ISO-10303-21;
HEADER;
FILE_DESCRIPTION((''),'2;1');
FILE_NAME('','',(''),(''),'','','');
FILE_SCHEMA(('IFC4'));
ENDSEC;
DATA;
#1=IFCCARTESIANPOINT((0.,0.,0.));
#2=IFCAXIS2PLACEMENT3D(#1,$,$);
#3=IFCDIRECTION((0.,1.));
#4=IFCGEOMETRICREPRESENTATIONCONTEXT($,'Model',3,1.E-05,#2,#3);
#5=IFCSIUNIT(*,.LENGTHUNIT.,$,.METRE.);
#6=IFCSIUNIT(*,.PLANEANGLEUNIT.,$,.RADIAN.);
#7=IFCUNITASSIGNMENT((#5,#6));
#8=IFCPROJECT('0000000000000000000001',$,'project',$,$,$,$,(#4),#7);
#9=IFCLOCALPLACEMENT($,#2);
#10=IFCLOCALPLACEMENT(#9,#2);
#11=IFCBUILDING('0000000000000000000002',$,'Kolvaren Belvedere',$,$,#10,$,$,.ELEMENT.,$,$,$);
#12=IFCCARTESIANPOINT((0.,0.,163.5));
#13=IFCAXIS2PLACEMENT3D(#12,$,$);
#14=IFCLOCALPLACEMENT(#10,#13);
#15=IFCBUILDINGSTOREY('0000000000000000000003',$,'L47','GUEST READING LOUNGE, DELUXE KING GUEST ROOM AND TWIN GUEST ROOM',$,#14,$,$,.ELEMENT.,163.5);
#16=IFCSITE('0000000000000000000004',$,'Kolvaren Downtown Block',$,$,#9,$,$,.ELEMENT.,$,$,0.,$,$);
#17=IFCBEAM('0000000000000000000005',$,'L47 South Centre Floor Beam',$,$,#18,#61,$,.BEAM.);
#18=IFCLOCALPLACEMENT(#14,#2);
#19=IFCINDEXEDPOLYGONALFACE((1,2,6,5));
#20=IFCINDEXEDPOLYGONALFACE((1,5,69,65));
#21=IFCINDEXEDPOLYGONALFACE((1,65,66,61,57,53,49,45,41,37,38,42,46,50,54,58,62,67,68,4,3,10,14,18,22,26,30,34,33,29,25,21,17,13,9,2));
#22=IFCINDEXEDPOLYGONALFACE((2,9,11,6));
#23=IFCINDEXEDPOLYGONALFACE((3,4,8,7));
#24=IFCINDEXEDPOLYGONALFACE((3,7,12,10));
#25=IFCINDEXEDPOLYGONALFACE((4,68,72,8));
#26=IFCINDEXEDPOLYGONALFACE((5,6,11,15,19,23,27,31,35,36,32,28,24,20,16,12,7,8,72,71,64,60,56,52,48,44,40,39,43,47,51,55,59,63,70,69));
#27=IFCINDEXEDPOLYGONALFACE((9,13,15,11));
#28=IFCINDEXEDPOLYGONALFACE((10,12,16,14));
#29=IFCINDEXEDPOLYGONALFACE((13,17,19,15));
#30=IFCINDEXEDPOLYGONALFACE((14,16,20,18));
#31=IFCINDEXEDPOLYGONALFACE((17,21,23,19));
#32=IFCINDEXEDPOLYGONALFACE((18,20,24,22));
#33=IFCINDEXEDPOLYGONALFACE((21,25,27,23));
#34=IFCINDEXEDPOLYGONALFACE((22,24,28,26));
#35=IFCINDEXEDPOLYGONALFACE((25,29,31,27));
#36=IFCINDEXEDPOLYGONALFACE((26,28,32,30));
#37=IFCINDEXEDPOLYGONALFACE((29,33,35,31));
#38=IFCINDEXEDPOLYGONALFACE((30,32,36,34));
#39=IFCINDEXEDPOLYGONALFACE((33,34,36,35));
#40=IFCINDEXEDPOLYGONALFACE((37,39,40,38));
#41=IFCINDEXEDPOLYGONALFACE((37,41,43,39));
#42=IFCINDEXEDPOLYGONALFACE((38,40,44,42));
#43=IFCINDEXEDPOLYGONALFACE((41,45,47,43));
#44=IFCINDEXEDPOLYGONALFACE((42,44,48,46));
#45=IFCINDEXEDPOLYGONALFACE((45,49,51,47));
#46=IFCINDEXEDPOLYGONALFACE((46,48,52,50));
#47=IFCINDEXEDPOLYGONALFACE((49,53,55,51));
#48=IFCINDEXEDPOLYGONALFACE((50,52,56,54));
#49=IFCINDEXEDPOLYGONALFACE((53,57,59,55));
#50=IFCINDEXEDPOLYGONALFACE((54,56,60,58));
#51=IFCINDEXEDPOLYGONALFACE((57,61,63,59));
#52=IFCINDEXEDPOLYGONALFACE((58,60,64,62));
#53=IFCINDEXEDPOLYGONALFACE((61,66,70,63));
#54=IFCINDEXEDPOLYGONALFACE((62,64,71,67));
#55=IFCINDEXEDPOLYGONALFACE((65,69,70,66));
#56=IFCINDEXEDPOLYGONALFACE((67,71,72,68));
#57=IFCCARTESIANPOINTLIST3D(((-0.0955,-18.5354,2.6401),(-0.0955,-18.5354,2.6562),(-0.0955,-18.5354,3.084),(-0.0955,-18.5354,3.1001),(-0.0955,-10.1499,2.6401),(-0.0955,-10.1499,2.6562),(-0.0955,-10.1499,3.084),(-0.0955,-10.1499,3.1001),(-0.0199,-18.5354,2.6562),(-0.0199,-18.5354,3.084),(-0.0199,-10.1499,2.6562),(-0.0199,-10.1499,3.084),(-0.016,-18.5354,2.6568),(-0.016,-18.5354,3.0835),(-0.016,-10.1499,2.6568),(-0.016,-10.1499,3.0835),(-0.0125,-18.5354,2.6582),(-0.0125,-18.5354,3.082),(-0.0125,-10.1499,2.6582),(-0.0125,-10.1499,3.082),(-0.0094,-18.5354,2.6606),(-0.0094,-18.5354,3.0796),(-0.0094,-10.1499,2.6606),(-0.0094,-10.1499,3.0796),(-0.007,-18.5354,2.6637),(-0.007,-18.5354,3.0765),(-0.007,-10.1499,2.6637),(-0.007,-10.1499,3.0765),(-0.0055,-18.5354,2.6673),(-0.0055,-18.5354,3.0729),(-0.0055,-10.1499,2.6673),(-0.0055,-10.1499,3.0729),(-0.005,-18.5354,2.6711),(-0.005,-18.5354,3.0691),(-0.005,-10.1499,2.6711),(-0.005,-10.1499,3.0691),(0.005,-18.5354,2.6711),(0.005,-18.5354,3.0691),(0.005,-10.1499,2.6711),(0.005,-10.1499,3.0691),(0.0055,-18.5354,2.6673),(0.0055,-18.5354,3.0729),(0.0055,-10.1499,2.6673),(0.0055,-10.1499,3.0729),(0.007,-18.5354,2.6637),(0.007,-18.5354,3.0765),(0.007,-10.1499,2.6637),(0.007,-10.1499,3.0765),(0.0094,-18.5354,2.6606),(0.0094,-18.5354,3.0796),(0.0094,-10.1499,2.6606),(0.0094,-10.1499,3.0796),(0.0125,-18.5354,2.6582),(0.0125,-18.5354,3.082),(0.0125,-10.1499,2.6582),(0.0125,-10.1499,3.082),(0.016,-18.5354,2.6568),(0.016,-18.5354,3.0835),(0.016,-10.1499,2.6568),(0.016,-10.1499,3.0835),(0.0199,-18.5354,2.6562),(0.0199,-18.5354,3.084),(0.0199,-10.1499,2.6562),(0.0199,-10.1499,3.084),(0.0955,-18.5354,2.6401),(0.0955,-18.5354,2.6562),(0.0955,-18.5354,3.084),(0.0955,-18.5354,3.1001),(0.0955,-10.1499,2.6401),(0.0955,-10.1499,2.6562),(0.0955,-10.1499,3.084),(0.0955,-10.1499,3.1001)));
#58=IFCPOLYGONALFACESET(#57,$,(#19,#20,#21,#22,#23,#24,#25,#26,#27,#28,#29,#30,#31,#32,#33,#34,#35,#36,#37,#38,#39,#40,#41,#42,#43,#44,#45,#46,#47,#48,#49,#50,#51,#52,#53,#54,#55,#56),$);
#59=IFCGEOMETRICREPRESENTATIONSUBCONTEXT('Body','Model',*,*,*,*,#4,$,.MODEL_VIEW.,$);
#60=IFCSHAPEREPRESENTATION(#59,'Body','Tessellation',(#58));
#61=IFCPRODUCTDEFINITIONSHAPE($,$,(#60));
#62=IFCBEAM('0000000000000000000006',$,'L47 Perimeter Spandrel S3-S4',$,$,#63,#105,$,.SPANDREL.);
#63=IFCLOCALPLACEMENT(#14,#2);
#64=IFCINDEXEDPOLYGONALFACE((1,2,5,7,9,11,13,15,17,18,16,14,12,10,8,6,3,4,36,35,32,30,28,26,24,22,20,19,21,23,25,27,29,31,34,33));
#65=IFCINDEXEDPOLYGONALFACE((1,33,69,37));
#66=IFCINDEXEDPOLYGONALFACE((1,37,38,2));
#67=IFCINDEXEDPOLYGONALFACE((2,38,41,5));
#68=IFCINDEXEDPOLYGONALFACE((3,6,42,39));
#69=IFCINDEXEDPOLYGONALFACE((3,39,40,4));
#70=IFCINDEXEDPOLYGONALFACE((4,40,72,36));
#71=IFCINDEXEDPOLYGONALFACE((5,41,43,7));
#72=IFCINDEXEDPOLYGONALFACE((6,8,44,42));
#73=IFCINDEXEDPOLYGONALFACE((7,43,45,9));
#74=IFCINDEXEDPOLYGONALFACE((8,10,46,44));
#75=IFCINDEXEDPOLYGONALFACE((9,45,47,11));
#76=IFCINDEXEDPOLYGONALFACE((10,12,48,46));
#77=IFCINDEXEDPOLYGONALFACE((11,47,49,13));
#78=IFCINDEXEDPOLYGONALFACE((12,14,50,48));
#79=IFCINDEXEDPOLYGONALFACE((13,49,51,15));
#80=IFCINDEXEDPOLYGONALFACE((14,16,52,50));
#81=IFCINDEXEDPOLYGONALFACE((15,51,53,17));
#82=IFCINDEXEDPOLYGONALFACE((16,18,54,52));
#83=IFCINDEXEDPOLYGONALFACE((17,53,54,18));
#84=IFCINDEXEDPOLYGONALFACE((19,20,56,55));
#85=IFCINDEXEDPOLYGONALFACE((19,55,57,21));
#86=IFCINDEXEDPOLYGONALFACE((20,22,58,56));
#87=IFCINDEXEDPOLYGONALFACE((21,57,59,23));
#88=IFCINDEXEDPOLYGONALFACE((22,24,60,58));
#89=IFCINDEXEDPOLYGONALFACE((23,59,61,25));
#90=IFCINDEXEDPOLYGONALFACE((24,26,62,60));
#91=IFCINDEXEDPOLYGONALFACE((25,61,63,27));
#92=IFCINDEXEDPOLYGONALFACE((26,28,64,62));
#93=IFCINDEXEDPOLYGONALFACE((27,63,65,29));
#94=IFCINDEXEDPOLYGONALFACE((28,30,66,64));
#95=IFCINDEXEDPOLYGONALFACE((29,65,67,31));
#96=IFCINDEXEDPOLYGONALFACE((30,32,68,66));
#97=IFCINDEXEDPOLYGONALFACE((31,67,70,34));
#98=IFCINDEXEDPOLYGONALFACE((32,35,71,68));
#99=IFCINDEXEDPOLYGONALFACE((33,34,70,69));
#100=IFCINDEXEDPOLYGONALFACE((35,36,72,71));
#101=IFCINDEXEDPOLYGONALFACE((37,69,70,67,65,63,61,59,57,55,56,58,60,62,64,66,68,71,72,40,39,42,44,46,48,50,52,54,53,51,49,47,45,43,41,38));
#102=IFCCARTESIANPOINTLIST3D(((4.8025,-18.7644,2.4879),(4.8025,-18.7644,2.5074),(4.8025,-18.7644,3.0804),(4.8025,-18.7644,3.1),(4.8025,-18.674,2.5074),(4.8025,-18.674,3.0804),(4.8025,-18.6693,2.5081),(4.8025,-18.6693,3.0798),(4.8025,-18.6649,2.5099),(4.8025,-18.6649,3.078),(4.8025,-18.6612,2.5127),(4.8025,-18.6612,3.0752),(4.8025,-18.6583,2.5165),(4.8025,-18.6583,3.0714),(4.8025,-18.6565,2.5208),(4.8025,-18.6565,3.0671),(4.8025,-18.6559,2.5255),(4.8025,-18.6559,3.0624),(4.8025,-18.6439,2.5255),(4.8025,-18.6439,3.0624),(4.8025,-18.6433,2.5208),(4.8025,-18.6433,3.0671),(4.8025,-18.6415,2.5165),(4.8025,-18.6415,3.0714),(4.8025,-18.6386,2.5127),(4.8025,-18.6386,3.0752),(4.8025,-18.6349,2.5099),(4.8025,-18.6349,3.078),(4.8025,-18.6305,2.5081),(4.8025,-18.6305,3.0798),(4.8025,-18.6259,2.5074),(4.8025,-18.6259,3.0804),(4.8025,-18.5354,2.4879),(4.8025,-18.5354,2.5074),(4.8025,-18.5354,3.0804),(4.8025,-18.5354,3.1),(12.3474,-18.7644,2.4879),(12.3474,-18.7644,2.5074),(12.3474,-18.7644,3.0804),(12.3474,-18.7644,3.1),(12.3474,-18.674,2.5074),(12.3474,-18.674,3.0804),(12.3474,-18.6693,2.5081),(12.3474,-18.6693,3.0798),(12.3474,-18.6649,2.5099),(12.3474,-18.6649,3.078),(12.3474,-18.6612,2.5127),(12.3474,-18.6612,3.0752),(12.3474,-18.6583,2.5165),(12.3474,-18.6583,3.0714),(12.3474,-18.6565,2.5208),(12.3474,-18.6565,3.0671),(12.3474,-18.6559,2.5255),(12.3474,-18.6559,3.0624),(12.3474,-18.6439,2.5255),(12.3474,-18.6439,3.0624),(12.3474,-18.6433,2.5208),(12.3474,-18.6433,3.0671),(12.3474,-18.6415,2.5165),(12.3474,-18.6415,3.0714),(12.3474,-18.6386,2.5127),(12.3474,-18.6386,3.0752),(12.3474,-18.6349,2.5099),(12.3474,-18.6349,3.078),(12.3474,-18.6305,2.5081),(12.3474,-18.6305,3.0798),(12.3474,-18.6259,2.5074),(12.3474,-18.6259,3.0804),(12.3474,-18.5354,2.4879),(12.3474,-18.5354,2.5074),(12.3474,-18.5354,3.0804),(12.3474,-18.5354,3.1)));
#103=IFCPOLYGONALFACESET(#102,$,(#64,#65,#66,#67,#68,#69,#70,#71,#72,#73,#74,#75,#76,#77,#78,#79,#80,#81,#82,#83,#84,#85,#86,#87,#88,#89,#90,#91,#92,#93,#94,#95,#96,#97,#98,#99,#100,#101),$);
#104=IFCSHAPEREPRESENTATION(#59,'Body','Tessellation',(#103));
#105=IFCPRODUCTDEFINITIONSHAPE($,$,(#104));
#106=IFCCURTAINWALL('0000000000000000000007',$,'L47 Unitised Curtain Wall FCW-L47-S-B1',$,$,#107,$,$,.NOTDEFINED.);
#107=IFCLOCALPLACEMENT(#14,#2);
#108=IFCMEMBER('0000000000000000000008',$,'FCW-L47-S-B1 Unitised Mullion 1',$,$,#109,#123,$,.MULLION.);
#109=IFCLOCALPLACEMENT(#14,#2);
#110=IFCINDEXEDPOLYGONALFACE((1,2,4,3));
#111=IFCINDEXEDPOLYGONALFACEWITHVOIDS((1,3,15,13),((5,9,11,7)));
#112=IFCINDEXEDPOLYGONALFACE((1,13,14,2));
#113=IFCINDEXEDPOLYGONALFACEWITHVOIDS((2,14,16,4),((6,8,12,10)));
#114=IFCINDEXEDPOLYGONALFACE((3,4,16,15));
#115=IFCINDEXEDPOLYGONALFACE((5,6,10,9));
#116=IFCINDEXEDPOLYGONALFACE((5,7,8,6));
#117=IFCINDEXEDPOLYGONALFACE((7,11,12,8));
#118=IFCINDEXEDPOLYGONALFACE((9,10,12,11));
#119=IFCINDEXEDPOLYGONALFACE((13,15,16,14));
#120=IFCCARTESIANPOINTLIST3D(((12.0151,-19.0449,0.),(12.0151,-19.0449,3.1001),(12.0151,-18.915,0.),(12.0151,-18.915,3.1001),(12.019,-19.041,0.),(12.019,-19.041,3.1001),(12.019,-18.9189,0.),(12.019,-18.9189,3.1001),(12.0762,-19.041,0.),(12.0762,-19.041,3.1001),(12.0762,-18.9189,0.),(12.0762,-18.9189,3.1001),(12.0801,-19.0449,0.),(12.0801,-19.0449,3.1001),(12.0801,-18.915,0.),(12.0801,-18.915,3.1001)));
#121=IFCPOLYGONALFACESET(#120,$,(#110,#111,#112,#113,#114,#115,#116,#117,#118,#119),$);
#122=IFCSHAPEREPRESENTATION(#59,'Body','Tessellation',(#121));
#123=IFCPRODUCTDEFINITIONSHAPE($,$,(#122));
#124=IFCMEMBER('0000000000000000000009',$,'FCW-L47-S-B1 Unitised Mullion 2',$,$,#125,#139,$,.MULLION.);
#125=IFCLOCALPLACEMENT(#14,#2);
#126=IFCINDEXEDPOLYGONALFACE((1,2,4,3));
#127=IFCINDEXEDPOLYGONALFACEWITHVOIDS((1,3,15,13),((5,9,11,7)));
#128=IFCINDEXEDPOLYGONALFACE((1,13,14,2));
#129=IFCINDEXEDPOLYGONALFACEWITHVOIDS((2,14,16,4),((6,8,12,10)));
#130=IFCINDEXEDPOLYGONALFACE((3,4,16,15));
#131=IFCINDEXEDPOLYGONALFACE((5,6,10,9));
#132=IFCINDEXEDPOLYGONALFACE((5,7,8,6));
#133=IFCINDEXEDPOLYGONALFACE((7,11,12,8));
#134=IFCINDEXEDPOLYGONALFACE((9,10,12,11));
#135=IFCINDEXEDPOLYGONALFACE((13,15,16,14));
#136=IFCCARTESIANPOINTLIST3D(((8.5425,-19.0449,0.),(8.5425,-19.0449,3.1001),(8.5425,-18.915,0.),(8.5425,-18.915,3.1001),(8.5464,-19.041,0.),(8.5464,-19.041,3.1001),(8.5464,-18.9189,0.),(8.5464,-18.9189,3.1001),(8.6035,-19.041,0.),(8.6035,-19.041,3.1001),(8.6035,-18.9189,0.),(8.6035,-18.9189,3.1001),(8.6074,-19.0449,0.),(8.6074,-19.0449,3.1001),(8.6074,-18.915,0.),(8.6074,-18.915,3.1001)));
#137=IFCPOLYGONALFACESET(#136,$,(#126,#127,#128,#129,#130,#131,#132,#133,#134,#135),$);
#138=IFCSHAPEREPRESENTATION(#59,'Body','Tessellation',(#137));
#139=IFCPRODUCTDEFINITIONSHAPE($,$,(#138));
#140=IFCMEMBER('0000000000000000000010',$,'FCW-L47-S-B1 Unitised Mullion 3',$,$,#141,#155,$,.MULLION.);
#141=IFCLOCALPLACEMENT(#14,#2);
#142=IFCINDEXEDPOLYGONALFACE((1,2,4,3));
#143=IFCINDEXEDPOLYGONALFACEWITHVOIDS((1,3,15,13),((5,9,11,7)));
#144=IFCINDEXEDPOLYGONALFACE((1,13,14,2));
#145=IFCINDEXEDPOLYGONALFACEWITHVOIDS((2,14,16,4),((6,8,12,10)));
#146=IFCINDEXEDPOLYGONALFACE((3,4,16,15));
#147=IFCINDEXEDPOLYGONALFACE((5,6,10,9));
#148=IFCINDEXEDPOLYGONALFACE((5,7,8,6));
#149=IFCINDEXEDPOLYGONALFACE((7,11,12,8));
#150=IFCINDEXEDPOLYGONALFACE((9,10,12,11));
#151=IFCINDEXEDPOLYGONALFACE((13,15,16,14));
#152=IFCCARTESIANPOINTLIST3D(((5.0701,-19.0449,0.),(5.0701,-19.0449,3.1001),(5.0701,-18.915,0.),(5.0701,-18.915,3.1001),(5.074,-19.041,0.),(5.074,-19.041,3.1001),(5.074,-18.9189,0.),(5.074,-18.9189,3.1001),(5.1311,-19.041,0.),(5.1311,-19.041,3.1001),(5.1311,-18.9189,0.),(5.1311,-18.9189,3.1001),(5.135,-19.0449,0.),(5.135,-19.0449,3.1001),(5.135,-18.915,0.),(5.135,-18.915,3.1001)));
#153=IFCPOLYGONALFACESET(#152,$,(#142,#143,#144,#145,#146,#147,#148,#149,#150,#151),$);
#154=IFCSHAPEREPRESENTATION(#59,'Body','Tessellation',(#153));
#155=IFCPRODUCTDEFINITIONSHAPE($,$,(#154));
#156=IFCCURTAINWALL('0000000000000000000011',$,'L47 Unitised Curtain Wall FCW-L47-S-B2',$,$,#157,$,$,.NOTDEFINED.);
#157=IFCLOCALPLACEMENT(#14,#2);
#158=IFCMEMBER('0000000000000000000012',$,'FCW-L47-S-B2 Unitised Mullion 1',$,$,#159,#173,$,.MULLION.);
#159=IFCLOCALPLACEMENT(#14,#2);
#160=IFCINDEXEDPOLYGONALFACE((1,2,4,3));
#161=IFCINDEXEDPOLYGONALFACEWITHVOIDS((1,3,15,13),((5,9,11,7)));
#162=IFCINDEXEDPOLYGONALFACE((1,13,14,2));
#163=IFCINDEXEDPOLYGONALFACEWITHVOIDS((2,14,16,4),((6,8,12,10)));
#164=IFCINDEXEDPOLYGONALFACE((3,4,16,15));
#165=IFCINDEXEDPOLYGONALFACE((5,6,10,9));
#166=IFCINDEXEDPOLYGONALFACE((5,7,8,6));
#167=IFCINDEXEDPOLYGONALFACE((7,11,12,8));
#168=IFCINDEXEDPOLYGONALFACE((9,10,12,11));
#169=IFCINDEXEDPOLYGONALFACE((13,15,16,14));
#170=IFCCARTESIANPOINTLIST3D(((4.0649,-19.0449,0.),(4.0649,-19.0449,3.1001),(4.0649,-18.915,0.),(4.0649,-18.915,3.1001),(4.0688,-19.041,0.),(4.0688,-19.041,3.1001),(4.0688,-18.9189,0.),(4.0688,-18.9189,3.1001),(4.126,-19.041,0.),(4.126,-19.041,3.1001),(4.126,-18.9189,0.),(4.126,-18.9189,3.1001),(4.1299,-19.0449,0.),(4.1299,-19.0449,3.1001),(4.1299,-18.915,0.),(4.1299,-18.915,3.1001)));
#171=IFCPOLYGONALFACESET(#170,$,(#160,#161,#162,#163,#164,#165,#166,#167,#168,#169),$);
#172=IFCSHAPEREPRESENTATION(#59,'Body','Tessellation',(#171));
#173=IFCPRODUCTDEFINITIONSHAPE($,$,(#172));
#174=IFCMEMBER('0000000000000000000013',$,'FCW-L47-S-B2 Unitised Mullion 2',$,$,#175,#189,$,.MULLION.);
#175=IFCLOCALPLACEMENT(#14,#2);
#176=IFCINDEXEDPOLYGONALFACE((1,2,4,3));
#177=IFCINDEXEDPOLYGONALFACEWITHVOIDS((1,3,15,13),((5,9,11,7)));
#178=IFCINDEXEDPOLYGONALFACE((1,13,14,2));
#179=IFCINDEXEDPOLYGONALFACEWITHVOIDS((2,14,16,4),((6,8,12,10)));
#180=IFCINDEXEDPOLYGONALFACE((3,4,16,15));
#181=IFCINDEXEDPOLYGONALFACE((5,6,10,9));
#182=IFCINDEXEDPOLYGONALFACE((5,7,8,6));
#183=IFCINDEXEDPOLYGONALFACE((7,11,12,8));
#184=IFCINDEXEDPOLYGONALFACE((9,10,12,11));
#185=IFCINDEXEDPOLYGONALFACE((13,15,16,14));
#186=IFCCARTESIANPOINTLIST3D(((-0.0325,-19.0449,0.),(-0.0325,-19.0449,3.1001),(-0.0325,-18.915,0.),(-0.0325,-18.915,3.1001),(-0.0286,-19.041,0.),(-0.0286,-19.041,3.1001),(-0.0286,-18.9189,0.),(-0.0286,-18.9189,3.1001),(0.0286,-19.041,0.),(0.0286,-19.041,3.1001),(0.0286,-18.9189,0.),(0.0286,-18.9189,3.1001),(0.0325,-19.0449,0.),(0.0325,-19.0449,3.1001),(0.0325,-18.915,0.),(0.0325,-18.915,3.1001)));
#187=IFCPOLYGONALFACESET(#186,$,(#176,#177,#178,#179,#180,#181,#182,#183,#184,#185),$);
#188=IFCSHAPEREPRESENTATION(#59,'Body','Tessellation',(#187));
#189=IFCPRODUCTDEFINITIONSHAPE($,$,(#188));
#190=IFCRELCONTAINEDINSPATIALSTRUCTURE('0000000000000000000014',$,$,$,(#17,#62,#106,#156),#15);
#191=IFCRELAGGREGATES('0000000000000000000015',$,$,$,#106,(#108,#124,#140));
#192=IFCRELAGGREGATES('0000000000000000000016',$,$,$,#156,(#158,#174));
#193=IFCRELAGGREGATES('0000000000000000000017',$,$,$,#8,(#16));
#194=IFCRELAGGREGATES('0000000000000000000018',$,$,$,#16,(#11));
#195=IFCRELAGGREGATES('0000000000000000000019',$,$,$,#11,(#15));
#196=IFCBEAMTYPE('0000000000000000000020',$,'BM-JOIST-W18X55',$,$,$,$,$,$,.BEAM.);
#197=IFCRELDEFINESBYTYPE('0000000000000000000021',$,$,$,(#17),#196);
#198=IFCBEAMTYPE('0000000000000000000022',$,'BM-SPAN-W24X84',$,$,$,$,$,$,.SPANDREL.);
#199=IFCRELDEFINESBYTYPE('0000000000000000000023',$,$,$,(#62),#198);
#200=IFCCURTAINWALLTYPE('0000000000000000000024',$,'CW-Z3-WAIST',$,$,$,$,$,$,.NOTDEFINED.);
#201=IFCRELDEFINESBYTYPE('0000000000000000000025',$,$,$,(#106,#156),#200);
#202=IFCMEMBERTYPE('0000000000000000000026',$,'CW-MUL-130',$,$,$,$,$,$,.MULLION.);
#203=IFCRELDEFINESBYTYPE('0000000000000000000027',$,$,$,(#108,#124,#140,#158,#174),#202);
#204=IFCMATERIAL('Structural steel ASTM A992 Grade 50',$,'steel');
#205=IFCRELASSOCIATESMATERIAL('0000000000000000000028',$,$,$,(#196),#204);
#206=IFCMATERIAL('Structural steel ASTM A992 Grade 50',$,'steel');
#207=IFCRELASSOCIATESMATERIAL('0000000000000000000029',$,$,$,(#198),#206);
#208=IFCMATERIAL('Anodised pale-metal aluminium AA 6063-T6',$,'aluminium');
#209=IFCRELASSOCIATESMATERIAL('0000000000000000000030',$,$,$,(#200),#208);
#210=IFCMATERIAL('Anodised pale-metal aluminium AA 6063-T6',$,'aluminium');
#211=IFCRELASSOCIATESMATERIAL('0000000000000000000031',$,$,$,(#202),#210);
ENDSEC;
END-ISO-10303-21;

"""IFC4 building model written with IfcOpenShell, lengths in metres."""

from ifc_helpers import new_model, si_unit, direction, frame, origin, origin_2d, place, context, subcontext, project, spatial, hollow_rectangle, i_section, extrude, material, material_profile, profile_set, type_object, element, aggregate, save


model = new_model("IFC4")

# Units and contexts
model_context = context("Model", 3, precision=1e-05, world=origin(), true_north=direction((0.0, 1.0)))
body_context = subcontext(model_context, "Body", "Model", "MODEL_VIEW")
ifc_project = project(units=[si_unit("LENGTHUNIT", "METRE"), si_unit("PLANEANGLEUNIT", "RADIAN")], contexts=[model_context])

# Site, building, storey
site_placement = place(None, origin())
site = spatial("IfcSite", under=ifc_project, at=site_placement, Name="Kolvaren Downtown Block", CompositionType="ELEMENT", RefElevation=0.0)
building_placement = place(site_placement, origin())
building = spatial("IfcBuilding", under=site, at=building_placement, Name="Kolvaren Belvedere", CompositionType="ELEMENT")
storey_placement = place(building_placement, frame((0.0, 0.0, 163.5)))
storey = spatial("IfcBuildingStorey", under=building, at=storey_placement, Name="L47", Description="GUEST READING LOUNGE, DELUXE KING GUEST ROOM AND TWIN GUEST ROOM", CompositionType="ELEMENT", Elevation=163.5)

# Beams
ifc_material_1 = material(Name="Structural steel ASTM A992 Grade 50", Category="steel")
ifc_material_profile_1 = material_profile(ifc_material_1, i_section(OverallWidth=0.1909, OverallDepth=0.46, WebThickness=0.01, FlangeThickness=0.0161, FilletRadius=0.0149, at=origin_2d()), Name="W18X55")
ifc_profile_set_1 = profile_set([ifc_material_profile_1], Name="Structural steel ASTM A992 Grade 50")
beam_type_1 = type_object("IfcBeamType", Name="BM-JOIST-W18X55", PredefinedType="BEAM", material=ifc_profile_set_1)
beam_1_placement = place(storey_placement, frame((0.0, -10.1499, 2.8701), z_axis=(0.0, -1.0, 0.0), x_axis=(1.0, 0.0, 0.0)))
element("IfcBeam", 1, at=beam_1_placement, inside=storey, type_object=beam_type_1, Name="L47 South Centre Floor Beam", PredefinedType="BEAM", context=body_context, shape_type="SweptSolid", body=[
    extrude(i_section(OverallWidth=0.1909, OverallDepth=0.46, WebThickness=0.01, FlangeThickness=0.0161, FilletRadius=0.0149, at=origin_2d()), origin(), (0.0, 0.0, 1.0), 8.3855),
])
ifc_material_2 = material(Name="Structural steel ASTM A992 Grade 50", Category="steel")
ifc_material_profile_2 = material_profile(ifc_material_2, i_section(OverallWidth=0.229, OverallDepth=0.6121, WebThickness=0.012, FlangeThickness=0.0195, FilletRadius=0.0181, at=origin_2d()), Name="W24X84")
ifc_profile_set_2 = profile_set([ifc_material_profile_2], Name="Structural steel ASTM A992 Grade 50")
beam_type_2 = type_object("IfcBeamType", Name="BM-SPAN-W24X84", PredefinedType="SPANDREL", material=ifc_profile_set_2)
beam_2_placement = place(storey_placement, frame((4.8025, -18.6499, 2.7939), z_axis=(1.0, 0.0, 0.0), x_axis=(0.0, 1.0, 0.0)))
element("IfcBeam", 2, at=beam_2_placement, inside=storey, type_object=beam_type_2, Name="L47 Perimeter Spandrel S3-S4", PredefinedType="SPANDREL", context=body_context, shape_type="SweptSolid", body=[
    extrude(i_section(OverallWidth=0.229, OverallDepth=0.6121, WebThickness=0.012, FlangeThickness=0.0195, FilletRadius=0.0181, at=origin_2d()), origin(), (0.0, 0.0, 1.0), 7.5449),
])

# Curtain walls, members
ifc_material_3 = material(Name="Anodised pale-metal aluminium AA 6063-T6", Category="aluminium")
curtain_wall_type = type_object("IfcCurtainWallType", Name="CW-Z3-WAIST", PredefinedType="NOTDEFINED", material=ifc_material_3)
curtain_wall_1_placement = place(storey_placement, origin())
curtain_wall_1 = element("IfcCurtainWall", 3, at=curtain_wall_1_placement, inside=storey, type_object=curtain_wall_type, Name="L47 Unitised Curtain Wall FCW-L47-S-B1", PredefinedType="NOTDEFINED")
ifc_material_4 = material(Name="Anodised pale-metal aluminium AA 6063-T6", Category="aluminium")
ifc_material_profile_3 = material_profile(ifc_material_4, hollow_rectangle(XDim=0.0649, YDim=0.1299, WallThickness=0.0039, at=origin_2d()), Name="ALU-MUL-130X65")
ifc_profile_set_3 = profile_set([ifc_material_profile_3], Name="Anodised pale-metal aluminium AA 6063-T6")
member_type_1 = type_object("IfcMemberType", Name="CW-MUL-130", PredefinedType="MULLION", material=ifc_profile_set_3)
member_1_placement = place(storey_placement, frame((12.0476, -18.98, 0.0), z_axis=(0.0, 0.0, 1.0), x_axis=(1.0, 0.0, 0.0)))
member_1 = element("IfcMember", 4, at=member_1_placement, type_object=member_type_1, Name="FCW-L47-S-B1 Unitised Mullion 1", PredefinedType="MULLION", context=body_context, shape_type="SweptSolid", body=[
    extrude(hollow_rectangle(XDim=0.0649, YDim=0.1299, WallThickness=0.0039, at=origin_2d()), origin(), (0.0, 0.0, 1.0), 3.1001),
])
member_2_placement = place(storey_placement, frame((8.575, -18.98, 0.0), z_axis=(0.0, 0.0, 1.0), x_axis=(1.0, 0.0, 0.0)))
member_2 = element("IfcMember", 5, at=member_2_placement, type_object=member_type_1, Name="FCW-L47-S-B1 Unitised Mullion 2", PredefinedType="MULLION", context=body_context, shape_type="SweptSolid", body=[
    extrude(hollow_rectangle(XDim=0.0649, YDim=0.1299, WallThickness=0.0039, at=origin_2d()), origin(), (0.0, 0.0, 1.0), 3.1001),
])
member_3_placement = place(storey_placement, frame((5.1025, -18.98, 0.0), z_axis=(0.0, 0.0, 1.0), x_axis=(1.0, 0.0, 0.0)))
member_3 = element("IfcMember", 6, at=member_3_placement, type_object=member_type_1, Name="FCW-L47-S-B1 Unitised Mullion 3", PredefinedType="MULLION", context=body_context, shape_type="SweptSolid", body=[
    extrude(hollow_rectangle(XDim=0.0649, YDim=0.1299, WallThickness=0.0039, at=origin_2d()), origin(), (0.0, 0.0, 1.0), 3.1001),
])
curtain_wall_2_placement = place(storey_placement, origin())
curtain_wall_2 = element("IfcCurtainWall", 7, at=curtain_wall_2_placement, inside=storey, type_object=curtain_wall_type, Name="L47 Unitised Curtain Wall FCW-L47-S-B2", PredefinedType="NOTDEFINED")
member_4_placement = place(storey_placement, frame((4.0974, -18.98, 0.0), z_axis=(0.0, 0.0, 1.0), x_axis=(1.0, 0.0, 0.0)))
member_4 = element("IfcMember", 8, at=member_4_placement, type_object=member_type_1, Name="FCW-L47-S-B2 Unitised Mullion 1", PredefinedType="MULLION", context=body_context, shape_type="SweptSolid", body=[
    extrude(hollow_rectangle(XDim=0.0649, YDim=0.1299, WallThickness=0.0039, at=origin_2d()), origin(), (0.0, 0.0, 1.0), 3.1001),
])
member_5_placement = place(storey_placement, frame((0.0, -18.98, 0.0), z_axis=(0.0, 0.0, 1.0), x_axis=(1.0, 0.0, 0.0)))
member_5 = element("IfcMember", 9, at=member_5_placement, type_object=member_type_1, Name="FCW-L47-S-B2 Unitised Mullion 2", PredefinedType="MULLION", context=body_context, shape_type="SweptSolid", body=[
    extrude(hollow_rectangle(XDim=0.0649, YDim=0.1299, WallThickness=0.0039, at=origin_2d()), origin(), (0.0, 0.0, 1.0), 3.1001),
])

aggregate(curtain_wall_1, [member_1, member_2, member_3])
aggregate(curtain_wall_2, [member_4, member_5])

save(model, "model.ifc")
